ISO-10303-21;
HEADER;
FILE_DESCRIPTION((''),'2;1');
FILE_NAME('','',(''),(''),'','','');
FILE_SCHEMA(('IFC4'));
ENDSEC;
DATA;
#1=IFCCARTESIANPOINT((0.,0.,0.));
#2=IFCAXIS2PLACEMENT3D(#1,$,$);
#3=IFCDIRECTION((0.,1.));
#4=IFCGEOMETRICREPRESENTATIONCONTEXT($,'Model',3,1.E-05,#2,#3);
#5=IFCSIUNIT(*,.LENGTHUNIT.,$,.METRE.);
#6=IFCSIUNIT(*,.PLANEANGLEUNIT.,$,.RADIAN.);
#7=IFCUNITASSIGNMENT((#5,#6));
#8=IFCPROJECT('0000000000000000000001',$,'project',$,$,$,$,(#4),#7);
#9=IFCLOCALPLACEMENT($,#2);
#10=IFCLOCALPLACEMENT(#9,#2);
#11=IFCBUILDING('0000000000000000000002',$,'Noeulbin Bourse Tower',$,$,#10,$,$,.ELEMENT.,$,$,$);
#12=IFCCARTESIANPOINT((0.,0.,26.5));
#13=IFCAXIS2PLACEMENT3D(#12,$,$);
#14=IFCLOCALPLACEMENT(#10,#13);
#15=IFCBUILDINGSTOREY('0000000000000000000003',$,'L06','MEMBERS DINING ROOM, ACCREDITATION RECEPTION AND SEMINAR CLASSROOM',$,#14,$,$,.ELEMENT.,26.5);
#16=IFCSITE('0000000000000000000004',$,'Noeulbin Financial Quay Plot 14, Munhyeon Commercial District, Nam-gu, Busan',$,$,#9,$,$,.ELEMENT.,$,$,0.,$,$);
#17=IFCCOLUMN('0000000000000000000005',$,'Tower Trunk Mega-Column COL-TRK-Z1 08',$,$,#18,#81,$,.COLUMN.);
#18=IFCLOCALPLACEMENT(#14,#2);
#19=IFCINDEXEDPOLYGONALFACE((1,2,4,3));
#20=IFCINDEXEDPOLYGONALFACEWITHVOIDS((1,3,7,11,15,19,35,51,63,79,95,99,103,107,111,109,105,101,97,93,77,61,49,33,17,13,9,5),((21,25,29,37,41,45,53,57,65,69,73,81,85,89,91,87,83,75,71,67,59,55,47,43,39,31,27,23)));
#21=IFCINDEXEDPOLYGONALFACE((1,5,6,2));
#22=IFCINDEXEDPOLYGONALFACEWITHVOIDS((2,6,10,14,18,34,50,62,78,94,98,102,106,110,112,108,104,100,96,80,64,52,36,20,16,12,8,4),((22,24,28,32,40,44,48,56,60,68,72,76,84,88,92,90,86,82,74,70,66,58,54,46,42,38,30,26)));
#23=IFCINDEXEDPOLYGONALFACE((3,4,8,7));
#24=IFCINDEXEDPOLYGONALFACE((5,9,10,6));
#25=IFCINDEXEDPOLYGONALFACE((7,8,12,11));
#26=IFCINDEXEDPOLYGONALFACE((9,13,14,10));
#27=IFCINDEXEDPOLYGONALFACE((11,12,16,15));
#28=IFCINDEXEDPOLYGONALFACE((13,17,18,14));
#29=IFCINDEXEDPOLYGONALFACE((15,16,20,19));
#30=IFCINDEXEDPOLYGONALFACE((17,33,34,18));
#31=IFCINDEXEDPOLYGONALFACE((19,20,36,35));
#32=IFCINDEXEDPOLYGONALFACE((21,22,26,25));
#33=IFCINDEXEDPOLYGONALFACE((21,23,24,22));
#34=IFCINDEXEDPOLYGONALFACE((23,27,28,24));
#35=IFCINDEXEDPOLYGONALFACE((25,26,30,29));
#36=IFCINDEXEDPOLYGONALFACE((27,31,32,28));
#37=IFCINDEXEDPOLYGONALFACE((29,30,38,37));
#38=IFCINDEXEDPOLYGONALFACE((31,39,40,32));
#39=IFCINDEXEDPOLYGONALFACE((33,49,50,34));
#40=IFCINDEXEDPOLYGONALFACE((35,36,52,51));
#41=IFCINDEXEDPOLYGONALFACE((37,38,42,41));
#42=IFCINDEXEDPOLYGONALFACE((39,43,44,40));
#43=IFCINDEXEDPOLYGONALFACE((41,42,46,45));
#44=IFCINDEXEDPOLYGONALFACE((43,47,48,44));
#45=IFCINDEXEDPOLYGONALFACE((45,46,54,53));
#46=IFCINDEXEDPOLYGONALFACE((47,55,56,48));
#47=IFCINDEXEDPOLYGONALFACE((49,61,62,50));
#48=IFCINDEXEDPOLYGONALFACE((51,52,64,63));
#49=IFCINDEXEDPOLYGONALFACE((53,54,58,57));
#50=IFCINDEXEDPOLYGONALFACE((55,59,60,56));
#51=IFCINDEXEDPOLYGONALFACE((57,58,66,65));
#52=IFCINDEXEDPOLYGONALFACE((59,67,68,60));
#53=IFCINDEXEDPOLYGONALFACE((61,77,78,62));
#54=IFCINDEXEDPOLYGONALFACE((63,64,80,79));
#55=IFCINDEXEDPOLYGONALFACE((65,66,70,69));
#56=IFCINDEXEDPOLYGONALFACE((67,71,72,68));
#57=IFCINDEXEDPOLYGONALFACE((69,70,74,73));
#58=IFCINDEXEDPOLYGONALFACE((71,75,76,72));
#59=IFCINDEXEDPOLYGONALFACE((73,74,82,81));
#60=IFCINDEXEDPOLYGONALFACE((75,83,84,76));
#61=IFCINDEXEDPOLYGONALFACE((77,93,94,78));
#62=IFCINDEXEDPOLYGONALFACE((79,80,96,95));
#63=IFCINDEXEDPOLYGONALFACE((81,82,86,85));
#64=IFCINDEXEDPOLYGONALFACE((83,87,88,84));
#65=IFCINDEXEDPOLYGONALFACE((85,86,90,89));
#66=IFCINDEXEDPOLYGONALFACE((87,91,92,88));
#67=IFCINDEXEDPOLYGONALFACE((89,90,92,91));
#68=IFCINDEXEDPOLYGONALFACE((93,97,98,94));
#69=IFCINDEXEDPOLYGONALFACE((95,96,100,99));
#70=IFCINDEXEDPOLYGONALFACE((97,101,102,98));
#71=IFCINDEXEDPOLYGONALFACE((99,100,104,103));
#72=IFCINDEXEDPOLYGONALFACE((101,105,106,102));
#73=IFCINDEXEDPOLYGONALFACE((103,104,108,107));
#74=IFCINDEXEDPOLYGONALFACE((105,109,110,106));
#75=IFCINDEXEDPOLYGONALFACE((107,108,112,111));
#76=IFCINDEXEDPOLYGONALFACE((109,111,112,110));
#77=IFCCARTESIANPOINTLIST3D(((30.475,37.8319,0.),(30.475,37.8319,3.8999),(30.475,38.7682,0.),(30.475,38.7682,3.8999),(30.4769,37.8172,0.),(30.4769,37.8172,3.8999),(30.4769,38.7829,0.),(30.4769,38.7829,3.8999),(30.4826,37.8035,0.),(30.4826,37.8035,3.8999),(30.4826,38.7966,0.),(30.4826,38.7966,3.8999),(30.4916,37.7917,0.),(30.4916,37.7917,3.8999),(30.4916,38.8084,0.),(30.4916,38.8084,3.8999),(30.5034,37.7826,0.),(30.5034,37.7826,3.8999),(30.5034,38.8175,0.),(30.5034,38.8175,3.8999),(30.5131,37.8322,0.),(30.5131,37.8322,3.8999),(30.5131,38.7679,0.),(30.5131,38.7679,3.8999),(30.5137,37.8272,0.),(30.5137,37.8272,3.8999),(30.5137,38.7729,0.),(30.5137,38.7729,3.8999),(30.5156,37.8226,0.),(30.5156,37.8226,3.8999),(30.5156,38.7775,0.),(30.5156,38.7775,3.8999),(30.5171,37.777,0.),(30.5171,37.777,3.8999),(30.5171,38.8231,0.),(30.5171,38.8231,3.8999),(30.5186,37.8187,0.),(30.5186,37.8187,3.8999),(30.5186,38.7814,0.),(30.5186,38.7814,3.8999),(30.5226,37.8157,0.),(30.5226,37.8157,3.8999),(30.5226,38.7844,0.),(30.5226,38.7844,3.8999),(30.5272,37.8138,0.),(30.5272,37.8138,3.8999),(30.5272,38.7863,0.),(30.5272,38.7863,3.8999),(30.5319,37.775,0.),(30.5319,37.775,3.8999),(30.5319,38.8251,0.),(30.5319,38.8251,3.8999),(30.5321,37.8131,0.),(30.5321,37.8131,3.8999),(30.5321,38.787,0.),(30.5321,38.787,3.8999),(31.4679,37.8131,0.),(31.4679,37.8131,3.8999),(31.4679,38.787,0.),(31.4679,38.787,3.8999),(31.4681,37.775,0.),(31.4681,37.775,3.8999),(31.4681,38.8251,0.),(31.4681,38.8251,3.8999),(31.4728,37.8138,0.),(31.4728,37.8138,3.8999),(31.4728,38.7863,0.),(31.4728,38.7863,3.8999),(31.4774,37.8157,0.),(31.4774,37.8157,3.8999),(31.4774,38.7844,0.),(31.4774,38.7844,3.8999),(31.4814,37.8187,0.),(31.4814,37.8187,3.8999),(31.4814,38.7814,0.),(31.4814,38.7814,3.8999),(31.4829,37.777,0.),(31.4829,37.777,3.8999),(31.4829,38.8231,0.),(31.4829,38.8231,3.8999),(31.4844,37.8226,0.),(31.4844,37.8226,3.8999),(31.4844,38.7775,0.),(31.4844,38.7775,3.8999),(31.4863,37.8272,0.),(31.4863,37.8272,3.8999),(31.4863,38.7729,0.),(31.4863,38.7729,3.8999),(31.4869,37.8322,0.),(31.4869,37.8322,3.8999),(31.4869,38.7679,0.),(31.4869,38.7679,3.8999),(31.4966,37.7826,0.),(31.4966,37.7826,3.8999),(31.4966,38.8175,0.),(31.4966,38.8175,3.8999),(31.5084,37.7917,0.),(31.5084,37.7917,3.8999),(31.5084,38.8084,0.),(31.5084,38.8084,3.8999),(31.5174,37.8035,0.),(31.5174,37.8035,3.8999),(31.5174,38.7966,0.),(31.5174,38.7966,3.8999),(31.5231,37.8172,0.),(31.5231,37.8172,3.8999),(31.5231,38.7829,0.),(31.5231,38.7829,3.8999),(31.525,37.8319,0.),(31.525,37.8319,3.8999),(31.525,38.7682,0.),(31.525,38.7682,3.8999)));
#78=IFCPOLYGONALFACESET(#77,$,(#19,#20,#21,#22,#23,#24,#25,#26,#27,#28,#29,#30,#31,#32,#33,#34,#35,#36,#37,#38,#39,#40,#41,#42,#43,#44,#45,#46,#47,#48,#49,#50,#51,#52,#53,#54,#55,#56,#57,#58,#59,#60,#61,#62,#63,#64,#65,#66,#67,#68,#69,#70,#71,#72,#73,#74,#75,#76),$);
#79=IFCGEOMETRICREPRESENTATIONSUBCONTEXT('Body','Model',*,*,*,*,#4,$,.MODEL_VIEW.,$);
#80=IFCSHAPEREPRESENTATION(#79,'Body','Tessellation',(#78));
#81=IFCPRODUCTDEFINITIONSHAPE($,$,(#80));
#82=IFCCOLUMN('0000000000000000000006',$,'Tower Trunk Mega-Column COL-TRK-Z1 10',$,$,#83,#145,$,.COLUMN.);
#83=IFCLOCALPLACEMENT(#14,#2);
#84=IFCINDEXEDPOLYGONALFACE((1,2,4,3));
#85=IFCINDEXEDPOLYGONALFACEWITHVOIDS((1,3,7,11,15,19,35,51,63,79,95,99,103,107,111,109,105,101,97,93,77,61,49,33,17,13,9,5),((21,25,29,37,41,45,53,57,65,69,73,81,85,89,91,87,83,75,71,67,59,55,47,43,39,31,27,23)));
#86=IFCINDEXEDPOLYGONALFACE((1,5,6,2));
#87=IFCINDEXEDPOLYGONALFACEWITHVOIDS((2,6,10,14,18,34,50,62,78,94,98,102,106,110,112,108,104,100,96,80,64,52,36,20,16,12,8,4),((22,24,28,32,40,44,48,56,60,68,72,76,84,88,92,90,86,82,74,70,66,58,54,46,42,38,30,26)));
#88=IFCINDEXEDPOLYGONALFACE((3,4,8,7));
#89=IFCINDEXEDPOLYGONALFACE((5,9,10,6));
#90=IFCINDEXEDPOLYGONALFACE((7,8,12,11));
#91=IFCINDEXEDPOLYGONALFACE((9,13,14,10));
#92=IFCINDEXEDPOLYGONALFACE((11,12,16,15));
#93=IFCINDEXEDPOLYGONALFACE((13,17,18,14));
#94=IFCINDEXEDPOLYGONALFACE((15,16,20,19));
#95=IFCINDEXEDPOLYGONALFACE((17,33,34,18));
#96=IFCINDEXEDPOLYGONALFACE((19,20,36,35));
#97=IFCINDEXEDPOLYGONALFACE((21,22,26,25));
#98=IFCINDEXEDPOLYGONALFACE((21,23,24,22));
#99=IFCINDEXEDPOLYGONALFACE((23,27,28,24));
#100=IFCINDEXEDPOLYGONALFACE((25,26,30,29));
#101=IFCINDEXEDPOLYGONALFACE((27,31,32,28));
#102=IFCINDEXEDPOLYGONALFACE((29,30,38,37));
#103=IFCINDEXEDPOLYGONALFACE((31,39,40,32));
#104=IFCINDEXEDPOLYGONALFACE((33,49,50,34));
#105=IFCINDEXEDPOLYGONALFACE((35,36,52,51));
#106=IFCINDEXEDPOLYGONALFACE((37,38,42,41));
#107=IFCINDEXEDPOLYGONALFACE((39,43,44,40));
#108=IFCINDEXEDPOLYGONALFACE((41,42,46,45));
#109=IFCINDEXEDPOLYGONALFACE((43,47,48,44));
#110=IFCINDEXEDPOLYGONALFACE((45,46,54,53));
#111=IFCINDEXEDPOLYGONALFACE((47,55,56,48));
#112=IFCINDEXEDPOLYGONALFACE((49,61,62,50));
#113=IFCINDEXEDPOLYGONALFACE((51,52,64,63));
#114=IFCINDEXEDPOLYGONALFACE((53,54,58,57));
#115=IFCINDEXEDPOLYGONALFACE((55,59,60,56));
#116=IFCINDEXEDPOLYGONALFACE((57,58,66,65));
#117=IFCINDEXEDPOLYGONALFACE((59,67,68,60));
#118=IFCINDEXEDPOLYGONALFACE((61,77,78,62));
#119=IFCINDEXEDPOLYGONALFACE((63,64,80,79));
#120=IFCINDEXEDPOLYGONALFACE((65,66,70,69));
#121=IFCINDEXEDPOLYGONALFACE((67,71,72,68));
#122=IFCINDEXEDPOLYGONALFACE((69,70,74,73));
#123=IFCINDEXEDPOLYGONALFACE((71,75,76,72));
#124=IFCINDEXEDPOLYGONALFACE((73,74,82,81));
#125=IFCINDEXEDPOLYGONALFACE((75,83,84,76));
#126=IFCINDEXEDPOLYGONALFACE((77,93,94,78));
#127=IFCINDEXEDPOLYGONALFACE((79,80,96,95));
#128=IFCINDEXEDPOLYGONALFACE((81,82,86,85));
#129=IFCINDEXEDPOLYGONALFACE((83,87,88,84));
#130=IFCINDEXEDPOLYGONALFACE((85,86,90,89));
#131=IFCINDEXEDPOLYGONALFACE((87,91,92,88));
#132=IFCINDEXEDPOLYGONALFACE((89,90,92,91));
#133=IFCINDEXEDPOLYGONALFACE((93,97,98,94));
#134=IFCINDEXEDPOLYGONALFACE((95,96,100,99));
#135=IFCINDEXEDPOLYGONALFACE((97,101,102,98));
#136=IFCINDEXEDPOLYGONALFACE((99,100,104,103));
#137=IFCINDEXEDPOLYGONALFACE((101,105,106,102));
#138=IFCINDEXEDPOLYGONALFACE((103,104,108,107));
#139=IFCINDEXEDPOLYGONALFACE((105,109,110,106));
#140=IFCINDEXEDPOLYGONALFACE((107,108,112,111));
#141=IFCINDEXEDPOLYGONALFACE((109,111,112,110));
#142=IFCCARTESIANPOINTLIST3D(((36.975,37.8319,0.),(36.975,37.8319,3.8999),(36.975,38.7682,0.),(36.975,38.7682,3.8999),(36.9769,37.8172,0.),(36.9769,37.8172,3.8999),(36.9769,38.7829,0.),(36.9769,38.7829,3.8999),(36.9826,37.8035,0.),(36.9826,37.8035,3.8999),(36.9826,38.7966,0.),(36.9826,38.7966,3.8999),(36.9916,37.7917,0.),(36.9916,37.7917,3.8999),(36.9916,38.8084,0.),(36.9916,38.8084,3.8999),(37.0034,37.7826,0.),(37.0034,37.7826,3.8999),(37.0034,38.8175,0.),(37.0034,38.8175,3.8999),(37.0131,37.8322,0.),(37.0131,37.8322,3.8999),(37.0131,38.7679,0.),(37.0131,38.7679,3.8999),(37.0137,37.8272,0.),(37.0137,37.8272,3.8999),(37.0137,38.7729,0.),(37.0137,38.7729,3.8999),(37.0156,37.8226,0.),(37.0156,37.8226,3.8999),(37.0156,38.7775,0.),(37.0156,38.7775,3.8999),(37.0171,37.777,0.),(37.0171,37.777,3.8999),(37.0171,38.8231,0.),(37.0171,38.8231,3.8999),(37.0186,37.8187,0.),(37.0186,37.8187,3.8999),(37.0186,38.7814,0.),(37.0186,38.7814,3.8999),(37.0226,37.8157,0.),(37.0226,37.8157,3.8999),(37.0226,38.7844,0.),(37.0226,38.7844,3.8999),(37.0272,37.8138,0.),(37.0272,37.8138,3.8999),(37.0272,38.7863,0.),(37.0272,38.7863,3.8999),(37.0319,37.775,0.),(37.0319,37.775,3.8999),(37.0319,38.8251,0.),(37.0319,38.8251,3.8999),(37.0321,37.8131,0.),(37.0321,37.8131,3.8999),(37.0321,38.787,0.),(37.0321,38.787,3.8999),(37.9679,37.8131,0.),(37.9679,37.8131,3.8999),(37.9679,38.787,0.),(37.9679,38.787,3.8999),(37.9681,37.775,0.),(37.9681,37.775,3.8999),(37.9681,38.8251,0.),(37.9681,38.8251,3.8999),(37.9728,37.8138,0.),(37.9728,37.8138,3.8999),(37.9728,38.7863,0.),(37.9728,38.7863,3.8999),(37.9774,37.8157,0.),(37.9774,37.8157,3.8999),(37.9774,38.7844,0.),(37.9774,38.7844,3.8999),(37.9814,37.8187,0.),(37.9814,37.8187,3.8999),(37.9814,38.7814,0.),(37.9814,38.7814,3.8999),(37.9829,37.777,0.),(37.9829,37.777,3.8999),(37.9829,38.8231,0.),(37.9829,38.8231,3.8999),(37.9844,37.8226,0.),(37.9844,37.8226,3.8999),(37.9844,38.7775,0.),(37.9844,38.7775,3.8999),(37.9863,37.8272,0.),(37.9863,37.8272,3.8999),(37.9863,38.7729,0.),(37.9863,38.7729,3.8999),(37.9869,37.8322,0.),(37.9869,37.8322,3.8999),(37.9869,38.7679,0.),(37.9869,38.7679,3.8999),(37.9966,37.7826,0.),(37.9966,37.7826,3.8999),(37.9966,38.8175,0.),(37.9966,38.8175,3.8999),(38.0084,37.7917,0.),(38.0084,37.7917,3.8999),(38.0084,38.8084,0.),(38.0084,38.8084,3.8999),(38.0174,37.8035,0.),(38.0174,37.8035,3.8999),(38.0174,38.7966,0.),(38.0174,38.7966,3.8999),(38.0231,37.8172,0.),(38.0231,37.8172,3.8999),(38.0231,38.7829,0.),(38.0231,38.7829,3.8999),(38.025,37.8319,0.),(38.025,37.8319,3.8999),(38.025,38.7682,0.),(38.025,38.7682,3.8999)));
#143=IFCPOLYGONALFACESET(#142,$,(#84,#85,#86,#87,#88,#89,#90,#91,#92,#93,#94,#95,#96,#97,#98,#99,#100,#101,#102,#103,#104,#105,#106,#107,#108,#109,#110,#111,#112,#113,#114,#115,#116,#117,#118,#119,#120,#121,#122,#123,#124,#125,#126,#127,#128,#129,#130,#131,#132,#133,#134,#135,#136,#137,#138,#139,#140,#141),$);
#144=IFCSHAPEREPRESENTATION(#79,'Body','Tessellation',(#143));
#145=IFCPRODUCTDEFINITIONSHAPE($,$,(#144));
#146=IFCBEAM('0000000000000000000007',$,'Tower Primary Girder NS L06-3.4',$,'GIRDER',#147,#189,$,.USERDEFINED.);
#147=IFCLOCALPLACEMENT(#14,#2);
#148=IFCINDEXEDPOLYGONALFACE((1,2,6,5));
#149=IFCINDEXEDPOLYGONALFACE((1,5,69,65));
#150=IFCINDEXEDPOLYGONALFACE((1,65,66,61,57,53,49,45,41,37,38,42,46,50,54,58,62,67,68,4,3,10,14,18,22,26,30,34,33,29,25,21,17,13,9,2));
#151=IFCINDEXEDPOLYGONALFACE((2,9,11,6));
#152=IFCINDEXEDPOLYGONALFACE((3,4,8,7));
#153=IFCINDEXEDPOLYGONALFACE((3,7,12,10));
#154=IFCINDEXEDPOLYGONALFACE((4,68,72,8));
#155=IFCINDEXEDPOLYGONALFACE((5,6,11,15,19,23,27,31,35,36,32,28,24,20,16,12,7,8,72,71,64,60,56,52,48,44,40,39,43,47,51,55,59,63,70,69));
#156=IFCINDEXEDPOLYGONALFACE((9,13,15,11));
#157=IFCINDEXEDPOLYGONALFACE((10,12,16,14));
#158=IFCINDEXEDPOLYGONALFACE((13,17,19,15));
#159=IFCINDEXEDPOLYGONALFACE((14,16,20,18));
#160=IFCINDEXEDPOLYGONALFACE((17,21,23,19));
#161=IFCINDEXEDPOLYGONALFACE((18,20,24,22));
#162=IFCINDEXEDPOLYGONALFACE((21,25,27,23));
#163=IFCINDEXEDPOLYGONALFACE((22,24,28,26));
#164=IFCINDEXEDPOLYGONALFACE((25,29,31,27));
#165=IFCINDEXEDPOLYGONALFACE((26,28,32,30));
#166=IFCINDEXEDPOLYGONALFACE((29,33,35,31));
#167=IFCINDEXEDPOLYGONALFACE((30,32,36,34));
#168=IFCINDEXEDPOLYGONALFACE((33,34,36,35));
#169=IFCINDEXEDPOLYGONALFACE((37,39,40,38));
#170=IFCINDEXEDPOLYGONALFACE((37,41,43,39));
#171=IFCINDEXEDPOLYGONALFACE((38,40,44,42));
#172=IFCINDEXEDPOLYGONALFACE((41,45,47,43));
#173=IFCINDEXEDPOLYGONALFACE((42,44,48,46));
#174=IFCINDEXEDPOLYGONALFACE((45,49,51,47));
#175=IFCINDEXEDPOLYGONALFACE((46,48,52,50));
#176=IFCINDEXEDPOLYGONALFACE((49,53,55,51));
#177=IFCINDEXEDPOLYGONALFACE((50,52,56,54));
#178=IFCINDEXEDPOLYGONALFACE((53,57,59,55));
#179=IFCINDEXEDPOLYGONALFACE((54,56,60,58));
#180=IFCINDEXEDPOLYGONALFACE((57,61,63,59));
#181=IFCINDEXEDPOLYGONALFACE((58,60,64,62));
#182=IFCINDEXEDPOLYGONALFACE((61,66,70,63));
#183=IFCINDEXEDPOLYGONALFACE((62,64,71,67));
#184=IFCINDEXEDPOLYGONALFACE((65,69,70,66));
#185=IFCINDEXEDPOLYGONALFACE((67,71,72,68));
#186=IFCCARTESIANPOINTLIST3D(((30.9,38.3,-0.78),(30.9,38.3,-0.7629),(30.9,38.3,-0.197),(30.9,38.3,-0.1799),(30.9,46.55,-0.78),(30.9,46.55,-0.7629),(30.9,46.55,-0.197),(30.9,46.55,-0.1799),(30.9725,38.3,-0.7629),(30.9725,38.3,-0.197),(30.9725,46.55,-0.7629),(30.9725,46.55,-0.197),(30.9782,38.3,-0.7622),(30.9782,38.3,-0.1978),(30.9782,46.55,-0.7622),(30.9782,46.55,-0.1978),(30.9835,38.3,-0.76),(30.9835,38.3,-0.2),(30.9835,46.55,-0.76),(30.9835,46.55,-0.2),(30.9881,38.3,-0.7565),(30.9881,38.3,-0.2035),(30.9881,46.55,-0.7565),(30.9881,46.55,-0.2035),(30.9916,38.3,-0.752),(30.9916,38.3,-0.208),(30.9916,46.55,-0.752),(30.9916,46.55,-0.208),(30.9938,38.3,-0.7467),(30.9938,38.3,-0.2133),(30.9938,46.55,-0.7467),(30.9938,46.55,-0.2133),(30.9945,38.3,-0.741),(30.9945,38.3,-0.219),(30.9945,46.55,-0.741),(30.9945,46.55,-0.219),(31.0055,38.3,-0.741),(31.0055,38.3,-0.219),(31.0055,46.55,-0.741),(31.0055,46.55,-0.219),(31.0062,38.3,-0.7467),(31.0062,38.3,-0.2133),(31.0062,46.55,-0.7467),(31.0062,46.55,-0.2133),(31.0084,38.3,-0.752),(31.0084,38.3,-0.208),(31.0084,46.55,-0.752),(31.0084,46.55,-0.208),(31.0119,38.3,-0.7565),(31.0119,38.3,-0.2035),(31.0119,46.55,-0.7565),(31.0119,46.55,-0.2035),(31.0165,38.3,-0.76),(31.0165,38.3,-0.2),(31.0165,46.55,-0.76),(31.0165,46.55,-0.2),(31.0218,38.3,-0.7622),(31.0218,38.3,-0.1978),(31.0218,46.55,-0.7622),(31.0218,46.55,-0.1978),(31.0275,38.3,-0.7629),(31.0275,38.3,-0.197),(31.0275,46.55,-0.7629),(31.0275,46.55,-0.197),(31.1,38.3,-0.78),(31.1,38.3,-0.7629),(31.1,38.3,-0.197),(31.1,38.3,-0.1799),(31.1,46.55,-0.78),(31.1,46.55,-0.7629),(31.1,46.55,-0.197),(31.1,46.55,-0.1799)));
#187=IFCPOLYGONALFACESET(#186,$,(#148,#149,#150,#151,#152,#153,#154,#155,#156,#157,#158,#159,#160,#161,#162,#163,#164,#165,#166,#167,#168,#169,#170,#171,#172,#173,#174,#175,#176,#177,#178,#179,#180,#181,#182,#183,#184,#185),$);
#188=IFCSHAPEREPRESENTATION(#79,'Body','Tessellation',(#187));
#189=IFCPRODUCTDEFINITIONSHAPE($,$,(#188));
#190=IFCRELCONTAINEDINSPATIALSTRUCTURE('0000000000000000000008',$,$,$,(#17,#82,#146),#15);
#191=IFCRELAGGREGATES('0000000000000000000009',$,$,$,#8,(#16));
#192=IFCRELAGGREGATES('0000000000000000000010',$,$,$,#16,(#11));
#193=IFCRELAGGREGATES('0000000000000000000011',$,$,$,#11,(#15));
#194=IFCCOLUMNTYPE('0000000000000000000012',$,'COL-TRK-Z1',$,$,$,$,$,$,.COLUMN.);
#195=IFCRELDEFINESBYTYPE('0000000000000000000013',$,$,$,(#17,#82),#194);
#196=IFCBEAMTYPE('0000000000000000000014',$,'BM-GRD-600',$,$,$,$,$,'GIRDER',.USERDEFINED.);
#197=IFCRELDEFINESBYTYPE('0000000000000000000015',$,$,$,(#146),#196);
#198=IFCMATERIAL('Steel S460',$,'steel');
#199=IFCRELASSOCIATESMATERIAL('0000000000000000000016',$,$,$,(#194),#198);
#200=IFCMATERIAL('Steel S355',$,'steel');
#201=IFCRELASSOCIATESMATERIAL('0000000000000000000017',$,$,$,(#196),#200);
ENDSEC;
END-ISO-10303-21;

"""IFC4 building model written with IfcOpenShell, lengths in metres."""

from ifc_helpers import new_model, si_unit, direction, frame, origin, origin_2d, place, context, subcontext, project, spatial, hollow_rectangle, i_section, extrude, material, material_profile, profile_set, type_object, element, save


model = new_model("IFC4")

# Units and contexts
model_context = context("Model", 3, precision=1e-05, world=origin(), true_north=direction((0.0, 1.0)))
body_context = subcontext(model_context, "Body", "Model", "MODEL_VIEW")
ifc_project = project(units=[si_unit("LENGTHUNIT", "METRE"), si_unit("PLANEANGLEUNIT", "RADIAN")], contexts=[model_context])

# Site, building, storey
site_placement = place(None, origin())
site = spatial("IfcSite", under=ifc_project, at=site_placement, Name="Noeulbin Financial Quay Plot 14, Munhyeon Commercial District, Nam-gu, Busan", CompositionType="ELEMENT", RefElevation=0.0)
building_placement = place(site_placement, origin())
building = spatial("IfcBuilding", under=site, at=building_placement, Name="Noeulbin Bourse Tower", CompositionType="ELEMENT")
storey_placement = place(building_placement, frame((0.0, 0.0, 26.5)))
storey = spatial("IfcBuildingStorey", under=building, at=storey_placement, Name="L06", Description="MEMBERS DINING ROOM, ACCREDITATION RECEPTION AND SEMINAR CLASSROOM", CompositionType="ELEMENT", Elevation=26.5)

# Columns
ifc_material_1 = material(Name="Steel S460", Category="steel")
ifc_material_profile_1 = material_profile(ifc_material_1, hollow_rectangle(XDim=1.05, YDim=1.05, WallThickness=0.0381, InnerFilletRadius=0.019, OuterFilletRadius=0.0569, at=origin_2d()), Name="BOX-1050x1050x38", Category="LoadBearing")
ifc_profile_set_1 = profile_set([ifc_material_profile_1], Name="Steel S460")
column_type = type_object("IfcColumnType", Name="COL-TRK-Z1", PredefinedType="COLUMN", material=ifc_profile_set_1)
for number, where, z_axis, x_axis, name in (
    (1, (31.0, 38.3, 0.0), (0.0, 0.0, 1.0), (1.0, 0.0, 0.0), "Tower Trunk Mega-Column COL-TRK-Z1 08"),
    (2, (37.5, 38.3, 0.0), (0.0, 0.0, 1.0), (1.0, 0.0, 0.0), "Tower Trunk Mega-Column COL-TRK-Z1 10"),
):
    element("IfcColumn", number, at=place(storey_placement, frame(where, z_axis=z_axis, x_axis=x_axis)), inside=storey, type_object=column_type, Name=name, PredefinedType="COLUMN", context=body_context, shape_type="SweptSolid", body=[
        extrude(hollow_rectangle(XDim=1.05, YDim=1.05, WallThickness=0.0381, InnerFilletRadius=0.019, OuterFilletRadius=0.0569, at=origin_2d()), origin(), (0.0, 0.0, 1.0), 3.8999),
    ])

# Beam
ifc_material_2 = material(Name="Steel S355", Category="steel")
ifc_material_profile_2 = material_profile(ifc_material_2, i_section(OverallWidth=0.2, OverallDepth=0.6001, WebThickness=0.011, FlangeThickness=0.0171, FilletRadius=0.022, at=origin_2d()), Name="H-600x200x11x17", Category="LoadBearing")
ifc_profile_set_2 = profile_set([ifc_material_profile_2], Name="Steel S355")
beam_type_1 = type_object("IfcBeamType", Name="BM-GRD-600", ElementType="GIRDER", PredefinedType="USERDEFINED", material=ifc_profile_set_2)
beam_1_placement = place(storey_placement, frame((31.0, 38.3, -0.48), z_axis=(0.0, 1.0, 0.0), x_axis=(-1.0, 0.0, 0.0)))
element("IfcBeam", 3, at=beam_1_placement, inside=storey, type_object=beam_type_1, Name="Tower Primary Girder NS L06-3.4", ObjectType="GIRDER", PredefinedType="USERDEFINED", context=body_context, shape_type="SweptSolid", body=[
    extrude(i_section(OverallWidth=0.2, OverallDepth=0.6001, WebThickness=0.011, FlangeThickness=0.0171, FilletRadius=0.022, at=origin_2d()), origin(), (0.0, 0.0, 1.0), 8.25),
])

save(model, "model.ifc")
